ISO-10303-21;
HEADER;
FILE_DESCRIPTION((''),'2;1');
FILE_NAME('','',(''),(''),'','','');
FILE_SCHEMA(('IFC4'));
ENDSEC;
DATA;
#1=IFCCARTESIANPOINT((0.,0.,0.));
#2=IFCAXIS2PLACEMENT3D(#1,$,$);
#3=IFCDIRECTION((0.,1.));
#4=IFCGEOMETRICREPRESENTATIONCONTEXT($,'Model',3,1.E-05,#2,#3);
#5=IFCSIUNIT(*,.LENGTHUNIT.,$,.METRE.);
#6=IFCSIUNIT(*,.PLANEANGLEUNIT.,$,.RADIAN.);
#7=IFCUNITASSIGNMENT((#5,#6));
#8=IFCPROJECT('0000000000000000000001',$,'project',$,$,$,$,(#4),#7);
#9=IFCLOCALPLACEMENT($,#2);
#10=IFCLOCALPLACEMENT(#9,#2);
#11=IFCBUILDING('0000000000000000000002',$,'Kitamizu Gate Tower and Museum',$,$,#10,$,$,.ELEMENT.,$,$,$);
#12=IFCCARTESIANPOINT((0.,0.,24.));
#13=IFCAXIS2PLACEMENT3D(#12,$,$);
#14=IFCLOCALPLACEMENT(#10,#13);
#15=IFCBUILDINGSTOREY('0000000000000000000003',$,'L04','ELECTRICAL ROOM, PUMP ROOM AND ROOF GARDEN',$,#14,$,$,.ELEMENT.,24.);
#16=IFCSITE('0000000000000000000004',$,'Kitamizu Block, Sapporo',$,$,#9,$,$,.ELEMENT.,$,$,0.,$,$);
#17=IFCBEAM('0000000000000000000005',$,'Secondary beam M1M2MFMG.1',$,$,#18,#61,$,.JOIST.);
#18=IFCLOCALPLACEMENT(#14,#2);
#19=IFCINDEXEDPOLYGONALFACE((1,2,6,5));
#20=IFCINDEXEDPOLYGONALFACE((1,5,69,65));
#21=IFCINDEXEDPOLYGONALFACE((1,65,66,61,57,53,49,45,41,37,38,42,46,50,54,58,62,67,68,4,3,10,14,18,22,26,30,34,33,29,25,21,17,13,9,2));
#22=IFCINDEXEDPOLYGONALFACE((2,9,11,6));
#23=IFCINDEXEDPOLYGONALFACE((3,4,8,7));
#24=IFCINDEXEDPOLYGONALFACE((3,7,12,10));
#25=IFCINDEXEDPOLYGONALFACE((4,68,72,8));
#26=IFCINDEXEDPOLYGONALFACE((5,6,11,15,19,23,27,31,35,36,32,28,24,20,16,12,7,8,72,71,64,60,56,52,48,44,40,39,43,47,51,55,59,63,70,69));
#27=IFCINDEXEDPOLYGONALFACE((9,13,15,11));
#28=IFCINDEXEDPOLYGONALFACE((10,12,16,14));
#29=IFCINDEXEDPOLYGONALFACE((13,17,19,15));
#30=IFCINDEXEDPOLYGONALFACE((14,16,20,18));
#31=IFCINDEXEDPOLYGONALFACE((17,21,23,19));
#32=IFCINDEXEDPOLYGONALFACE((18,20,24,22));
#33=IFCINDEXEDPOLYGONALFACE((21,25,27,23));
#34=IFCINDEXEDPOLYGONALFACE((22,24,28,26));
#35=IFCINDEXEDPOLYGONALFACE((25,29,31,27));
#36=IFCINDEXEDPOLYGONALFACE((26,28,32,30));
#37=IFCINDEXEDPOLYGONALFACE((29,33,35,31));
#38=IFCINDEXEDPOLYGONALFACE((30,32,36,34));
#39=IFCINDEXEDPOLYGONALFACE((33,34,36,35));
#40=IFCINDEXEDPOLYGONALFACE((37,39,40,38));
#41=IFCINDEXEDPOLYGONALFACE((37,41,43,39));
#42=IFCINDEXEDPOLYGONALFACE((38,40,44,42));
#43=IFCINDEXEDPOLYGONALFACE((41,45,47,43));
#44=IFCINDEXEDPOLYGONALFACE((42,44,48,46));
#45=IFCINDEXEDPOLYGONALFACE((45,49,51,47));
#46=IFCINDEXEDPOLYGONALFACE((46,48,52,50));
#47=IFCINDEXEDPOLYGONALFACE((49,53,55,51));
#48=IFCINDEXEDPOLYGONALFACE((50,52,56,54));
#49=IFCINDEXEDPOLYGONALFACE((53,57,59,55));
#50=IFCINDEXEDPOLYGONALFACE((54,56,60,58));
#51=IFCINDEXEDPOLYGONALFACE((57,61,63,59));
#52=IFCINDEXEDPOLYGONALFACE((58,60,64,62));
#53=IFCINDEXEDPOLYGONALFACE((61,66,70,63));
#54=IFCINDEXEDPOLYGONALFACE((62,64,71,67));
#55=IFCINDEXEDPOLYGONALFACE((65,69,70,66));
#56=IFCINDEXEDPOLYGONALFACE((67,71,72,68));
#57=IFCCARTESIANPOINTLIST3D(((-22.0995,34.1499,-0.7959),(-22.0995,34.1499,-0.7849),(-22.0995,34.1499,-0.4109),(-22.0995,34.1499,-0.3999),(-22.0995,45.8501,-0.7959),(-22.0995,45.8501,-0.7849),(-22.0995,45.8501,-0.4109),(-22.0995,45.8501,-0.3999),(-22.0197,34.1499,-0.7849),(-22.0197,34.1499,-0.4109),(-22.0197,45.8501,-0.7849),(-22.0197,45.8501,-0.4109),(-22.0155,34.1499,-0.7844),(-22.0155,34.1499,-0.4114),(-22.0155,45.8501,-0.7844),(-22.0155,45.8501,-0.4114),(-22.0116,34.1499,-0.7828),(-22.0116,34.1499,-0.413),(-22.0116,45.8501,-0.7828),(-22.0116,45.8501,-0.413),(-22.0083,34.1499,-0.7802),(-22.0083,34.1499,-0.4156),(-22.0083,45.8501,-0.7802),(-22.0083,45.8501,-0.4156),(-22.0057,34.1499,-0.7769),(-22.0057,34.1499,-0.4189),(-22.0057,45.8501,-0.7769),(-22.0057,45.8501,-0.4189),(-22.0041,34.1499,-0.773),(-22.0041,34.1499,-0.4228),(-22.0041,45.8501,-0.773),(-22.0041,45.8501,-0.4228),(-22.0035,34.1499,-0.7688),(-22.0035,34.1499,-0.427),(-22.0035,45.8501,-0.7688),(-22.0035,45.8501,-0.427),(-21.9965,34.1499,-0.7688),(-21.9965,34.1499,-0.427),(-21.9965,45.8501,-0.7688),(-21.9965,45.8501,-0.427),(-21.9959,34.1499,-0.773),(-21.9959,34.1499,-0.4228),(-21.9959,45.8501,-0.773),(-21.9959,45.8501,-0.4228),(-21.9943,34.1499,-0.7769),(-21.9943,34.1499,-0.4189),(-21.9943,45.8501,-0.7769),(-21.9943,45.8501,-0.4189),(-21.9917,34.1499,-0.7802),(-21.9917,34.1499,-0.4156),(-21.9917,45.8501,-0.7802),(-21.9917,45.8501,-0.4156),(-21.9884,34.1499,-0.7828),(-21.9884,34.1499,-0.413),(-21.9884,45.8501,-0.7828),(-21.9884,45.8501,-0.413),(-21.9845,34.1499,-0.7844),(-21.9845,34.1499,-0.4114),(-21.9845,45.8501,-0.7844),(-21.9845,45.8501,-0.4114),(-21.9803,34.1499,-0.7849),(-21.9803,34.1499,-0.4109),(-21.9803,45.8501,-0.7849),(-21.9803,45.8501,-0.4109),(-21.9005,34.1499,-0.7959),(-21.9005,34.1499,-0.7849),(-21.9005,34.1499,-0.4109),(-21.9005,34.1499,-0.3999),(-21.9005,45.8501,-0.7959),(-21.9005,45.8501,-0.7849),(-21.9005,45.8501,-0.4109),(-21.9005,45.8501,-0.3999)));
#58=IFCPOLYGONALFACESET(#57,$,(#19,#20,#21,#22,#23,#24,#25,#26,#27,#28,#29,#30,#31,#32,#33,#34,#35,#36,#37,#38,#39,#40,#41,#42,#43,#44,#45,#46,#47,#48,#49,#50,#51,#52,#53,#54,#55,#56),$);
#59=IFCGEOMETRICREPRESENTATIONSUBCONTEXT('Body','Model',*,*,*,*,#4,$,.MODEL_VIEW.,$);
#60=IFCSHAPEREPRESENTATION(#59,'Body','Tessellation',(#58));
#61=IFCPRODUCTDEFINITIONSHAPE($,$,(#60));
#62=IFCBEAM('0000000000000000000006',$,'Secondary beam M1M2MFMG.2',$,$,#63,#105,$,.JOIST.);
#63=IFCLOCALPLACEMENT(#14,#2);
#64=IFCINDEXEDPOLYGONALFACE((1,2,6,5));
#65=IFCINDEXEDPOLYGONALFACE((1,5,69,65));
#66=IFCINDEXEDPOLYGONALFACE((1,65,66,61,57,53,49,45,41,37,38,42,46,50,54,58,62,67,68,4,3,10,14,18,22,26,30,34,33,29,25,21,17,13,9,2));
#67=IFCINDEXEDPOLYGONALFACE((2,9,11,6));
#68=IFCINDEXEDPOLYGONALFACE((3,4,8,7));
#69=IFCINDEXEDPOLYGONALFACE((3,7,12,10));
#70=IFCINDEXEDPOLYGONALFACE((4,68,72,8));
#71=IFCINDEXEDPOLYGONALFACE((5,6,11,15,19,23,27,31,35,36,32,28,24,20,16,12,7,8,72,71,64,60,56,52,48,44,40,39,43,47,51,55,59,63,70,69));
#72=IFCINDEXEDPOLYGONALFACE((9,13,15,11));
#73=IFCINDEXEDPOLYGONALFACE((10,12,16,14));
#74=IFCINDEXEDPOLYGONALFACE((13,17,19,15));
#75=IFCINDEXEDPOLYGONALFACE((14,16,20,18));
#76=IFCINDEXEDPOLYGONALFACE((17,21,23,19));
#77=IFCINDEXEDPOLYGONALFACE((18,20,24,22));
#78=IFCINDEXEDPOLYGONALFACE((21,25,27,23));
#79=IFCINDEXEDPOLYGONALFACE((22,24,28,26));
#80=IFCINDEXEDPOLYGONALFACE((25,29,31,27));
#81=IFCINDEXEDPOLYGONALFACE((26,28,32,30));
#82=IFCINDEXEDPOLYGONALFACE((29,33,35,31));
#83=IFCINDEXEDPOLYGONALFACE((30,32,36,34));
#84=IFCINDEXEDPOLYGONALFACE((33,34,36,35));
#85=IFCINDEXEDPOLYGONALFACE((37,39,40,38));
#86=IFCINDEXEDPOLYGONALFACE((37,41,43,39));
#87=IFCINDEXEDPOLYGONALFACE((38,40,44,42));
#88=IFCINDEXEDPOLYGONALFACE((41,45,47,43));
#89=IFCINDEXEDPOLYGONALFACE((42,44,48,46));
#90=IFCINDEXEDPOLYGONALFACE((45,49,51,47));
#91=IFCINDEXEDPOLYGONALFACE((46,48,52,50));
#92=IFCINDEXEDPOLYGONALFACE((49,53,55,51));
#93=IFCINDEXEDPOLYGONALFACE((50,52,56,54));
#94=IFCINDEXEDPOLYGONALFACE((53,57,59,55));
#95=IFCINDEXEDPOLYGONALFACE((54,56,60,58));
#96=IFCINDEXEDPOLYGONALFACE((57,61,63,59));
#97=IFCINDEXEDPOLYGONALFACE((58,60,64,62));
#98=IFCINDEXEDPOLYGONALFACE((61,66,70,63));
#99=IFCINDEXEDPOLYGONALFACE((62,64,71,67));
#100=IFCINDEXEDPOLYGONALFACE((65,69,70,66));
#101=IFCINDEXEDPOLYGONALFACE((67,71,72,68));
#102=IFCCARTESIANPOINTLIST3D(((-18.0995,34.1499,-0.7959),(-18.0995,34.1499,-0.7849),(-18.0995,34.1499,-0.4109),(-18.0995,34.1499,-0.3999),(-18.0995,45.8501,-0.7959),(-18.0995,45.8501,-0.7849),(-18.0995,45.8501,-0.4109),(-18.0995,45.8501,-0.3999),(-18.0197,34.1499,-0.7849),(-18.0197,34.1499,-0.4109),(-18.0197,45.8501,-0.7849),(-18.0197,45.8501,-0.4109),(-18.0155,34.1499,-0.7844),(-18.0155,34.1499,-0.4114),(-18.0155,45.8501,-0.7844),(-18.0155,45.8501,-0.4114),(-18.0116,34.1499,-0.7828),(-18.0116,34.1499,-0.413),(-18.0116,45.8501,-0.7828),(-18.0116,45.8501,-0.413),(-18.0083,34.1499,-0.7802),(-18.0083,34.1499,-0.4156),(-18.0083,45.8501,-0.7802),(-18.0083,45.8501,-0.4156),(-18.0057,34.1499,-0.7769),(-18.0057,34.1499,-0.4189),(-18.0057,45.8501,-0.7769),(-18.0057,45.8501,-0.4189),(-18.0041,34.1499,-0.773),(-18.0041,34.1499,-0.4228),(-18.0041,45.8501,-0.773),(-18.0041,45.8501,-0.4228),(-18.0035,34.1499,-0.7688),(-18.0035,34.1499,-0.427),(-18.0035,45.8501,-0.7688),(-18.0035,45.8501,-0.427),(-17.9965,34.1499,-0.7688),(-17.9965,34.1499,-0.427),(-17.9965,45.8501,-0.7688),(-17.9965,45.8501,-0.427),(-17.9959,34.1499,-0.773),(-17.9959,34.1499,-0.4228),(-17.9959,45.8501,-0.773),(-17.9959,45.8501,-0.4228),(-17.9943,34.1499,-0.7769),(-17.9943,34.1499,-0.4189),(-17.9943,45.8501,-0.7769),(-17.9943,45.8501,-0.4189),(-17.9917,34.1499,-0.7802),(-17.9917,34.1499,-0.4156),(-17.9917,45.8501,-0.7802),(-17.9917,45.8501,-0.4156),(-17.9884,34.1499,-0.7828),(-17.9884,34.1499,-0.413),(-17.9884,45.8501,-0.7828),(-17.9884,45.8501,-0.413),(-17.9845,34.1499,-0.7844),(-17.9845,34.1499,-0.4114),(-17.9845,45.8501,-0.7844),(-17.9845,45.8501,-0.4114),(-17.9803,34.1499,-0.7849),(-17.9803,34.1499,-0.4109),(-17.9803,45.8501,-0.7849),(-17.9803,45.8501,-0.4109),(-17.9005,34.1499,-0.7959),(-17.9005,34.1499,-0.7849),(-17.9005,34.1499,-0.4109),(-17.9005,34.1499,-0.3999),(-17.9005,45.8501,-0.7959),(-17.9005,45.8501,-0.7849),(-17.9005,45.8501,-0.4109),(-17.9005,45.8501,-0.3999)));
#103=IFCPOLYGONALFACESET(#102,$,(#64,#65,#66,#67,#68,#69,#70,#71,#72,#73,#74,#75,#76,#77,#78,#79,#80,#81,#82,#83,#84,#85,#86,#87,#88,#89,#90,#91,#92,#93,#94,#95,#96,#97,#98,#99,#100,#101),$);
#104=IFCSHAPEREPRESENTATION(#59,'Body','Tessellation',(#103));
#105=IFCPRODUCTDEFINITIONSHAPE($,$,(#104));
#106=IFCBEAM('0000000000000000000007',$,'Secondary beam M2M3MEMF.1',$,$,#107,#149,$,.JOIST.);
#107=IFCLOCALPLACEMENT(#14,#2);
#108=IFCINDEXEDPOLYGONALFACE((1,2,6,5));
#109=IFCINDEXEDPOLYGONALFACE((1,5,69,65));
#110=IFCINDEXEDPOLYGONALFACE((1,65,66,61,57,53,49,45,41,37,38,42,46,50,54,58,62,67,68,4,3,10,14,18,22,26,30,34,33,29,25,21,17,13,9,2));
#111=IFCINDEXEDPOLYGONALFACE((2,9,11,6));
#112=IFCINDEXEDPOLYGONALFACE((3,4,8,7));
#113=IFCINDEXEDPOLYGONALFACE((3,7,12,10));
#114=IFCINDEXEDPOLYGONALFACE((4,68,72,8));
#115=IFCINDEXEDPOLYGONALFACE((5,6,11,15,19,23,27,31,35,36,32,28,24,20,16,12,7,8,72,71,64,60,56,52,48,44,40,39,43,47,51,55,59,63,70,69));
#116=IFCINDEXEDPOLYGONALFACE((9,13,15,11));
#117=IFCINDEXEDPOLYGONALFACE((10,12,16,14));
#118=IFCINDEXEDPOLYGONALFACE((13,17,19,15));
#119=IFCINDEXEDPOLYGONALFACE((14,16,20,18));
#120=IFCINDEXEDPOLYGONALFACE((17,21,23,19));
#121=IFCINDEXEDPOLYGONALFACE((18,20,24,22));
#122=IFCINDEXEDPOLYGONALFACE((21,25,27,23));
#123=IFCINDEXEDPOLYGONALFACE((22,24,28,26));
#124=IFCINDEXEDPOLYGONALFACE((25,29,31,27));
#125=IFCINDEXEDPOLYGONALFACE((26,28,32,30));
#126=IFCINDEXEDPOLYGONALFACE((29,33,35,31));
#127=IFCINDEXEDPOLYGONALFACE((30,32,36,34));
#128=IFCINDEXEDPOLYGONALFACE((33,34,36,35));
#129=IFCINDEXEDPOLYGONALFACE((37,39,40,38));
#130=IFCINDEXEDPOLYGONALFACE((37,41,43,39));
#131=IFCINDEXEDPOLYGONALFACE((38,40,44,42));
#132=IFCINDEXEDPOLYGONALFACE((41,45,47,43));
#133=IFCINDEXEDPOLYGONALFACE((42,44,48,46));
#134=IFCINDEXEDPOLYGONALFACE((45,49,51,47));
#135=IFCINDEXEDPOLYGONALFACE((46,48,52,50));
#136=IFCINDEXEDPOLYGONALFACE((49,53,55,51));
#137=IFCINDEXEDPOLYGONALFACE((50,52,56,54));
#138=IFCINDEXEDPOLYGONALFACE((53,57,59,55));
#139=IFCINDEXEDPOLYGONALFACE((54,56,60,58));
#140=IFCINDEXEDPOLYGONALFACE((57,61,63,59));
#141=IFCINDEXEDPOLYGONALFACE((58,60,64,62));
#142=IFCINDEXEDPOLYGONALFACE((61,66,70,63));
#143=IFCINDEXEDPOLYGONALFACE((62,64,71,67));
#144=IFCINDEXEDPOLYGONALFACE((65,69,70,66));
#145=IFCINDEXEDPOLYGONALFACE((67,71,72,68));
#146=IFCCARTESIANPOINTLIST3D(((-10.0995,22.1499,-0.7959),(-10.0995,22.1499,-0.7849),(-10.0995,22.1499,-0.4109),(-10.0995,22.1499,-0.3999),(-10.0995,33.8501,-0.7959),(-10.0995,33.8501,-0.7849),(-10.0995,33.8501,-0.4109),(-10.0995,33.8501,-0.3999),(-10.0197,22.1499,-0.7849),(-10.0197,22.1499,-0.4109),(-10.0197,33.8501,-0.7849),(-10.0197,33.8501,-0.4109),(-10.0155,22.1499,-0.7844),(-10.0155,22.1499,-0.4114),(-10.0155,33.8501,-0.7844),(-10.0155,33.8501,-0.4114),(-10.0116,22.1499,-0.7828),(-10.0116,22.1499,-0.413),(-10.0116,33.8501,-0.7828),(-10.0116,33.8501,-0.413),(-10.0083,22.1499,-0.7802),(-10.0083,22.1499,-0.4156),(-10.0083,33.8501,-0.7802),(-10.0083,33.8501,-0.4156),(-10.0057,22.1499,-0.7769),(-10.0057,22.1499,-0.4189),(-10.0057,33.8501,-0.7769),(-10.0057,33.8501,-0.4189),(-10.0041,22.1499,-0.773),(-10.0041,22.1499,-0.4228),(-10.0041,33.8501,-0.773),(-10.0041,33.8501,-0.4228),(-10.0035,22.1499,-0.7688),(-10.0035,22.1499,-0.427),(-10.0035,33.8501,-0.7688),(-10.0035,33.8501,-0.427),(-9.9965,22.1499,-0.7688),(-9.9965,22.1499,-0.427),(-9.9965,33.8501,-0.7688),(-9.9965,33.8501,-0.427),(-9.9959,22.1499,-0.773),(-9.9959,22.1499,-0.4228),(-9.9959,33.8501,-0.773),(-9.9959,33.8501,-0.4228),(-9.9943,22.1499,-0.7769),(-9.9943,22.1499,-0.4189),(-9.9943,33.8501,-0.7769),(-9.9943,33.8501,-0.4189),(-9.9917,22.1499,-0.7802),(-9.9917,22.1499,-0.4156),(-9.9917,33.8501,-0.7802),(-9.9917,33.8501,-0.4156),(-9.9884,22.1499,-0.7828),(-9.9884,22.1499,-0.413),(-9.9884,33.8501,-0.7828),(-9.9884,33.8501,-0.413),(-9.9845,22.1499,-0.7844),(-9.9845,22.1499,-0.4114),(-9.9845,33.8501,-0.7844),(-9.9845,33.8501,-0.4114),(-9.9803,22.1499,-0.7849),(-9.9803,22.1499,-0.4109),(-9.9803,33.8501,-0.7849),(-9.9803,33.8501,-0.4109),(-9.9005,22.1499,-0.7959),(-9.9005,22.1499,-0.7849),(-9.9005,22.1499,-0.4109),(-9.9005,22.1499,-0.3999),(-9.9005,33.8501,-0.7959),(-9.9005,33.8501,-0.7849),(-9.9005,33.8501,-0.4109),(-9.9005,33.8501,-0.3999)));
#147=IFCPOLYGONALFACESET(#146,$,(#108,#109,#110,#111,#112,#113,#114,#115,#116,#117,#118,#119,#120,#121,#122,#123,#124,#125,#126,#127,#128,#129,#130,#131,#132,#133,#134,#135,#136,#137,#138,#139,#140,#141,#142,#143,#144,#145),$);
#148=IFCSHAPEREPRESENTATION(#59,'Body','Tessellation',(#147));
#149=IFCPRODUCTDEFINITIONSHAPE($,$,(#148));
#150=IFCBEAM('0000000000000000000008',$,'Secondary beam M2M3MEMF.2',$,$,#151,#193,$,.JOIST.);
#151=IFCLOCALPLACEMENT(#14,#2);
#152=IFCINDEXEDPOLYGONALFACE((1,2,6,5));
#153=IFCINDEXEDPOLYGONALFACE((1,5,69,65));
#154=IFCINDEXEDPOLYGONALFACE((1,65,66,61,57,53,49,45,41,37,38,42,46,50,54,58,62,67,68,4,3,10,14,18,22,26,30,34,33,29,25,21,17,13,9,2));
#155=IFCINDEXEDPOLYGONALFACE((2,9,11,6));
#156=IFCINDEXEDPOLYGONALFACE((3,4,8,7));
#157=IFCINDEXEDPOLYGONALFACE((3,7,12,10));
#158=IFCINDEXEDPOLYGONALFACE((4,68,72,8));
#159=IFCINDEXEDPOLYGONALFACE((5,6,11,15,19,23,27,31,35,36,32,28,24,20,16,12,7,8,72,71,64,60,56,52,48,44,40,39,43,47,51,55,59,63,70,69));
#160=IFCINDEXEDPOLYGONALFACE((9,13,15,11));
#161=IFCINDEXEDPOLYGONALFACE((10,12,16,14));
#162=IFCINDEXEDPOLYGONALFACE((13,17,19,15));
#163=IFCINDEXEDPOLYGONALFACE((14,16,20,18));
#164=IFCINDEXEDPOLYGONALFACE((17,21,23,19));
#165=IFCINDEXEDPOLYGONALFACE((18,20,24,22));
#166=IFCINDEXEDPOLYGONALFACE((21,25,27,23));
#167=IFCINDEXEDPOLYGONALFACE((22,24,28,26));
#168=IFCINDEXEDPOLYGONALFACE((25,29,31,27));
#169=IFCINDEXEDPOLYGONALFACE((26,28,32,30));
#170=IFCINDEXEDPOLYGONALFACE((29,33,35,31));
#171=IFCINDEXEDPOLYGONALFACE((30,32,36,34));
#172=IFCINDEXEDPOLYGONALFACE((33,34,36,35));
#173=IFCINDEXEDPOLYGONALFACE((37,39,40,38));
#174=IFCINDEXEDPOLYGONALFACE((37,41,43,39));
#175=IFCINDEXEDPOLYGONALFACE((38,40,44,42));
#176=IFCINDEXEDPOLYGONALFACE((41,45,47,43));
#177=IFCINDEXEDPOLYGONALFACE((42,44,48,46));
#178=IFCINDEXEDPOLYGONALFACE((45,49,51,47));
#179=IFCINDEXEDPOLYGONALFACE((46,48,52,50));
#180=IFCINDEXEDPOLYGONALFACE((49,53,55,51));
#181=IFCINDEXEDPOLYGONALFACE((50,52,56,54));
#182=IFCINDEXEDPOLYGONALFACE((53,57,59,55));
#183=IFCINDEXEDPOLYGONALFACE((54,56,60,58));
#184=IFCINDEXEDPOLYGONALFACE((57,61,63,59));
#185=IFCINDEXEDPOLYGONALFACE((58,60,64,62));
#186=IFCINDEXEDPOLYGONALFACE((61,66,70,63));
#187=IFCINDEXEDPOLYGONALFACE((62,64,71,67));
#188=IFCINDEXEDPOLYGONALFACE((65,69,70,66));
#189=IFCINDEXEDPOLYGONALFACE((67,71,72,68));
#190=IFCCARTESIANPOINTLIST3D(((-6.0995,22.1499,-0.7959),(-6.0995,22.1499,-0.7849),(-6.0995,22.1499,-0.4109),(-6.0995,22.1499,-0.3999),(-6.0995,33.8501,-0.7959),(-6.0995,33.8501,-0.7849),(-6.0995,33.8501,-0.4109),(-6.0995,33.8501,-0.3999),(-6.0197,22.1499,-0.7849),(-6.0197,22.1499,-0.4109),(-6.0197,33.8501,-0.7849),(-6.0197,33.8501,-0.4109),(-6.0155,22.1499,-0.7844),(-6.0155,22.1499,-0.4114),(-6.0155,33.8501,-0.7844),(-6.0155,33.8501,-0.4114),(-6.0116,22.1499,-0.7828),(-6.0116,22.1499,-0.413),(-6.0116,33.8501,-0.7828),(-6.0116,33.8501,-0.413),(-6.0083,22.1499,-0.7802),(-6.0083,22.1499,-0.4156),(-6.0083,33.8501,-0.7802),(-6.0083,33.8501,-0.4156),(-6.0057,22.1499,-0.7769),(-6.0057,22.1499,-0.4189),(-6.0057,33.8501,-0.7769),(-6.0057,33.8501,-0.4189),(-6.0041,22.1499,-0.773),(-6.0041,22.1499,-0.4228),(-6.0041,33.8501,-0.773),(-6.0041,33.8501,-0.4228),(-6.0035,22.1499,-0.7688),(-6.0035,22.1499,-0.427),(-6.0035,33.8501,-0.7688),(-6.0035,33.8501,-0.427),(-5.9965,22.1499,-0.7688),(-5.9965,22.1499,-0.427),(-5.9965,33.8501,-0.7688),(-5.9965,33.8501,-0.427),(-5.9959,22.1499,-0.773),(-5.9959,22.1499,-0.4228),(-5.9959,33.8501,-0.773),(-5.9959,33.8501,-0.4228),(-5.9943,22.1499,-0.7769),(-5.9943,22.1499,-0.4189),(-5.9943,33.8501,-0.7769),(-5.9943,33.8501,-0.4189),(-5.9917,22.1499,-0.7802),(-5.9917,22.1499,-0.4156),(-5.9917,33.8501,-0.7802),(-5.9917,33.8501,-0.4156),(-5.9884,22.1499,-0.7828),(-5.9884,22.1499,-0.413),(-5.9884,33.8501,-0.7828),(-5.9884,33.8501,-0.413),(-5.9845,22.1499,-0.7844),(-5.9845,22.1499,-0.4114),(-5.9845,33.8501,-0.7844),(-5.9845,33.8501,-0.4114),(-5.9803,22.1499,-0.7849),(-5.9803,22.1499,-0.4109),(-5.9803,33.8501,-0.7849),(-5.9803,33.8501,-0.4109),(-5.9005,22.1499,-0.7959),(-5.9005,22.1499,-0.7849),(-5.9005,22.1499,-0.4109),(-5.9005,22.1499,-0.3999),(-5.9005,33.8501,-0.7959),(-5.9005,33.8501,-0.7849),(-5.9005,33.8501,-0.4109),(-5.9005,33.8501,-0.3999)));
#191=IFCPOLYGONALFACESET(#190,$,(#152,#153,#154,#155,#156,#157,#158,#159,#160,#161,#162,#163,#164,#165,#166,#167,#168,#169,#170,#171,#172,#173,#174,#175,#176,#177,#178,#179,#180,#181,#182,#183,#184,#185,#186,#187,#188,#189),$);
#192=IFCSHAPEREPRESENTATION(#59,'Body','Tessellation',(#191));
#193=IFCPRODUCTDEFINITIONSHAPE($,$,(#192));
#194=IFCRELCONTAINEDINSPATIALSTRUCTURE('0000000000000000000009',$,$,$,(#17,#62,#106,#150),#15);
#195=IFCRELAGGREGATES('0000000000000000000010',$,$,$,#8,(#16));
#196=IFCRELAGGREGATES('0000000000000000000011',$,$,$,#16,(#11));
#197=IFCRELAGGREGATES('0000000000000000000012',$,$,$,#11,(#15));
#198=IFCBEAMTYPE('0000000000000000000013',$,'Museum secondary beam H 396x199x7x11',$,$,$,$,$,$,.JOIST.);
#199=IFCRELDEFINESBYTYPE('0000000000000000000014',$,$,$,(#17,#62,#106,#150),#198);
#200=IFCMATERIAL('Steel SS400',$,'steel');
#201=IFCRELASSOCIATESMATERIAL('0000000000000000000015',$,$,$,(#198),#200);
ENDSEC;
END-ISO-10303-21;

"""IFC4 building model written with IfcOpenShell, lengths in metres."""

from ifc_helpers import new_model, si_unit, direction, frame, origin, origin_2d, place, context, subcontext, project, spatial, i_section, extrude, material, material_profile, profile_set, type_object, element, save


model = new_model("IFC4")

# Units and contexts
model_context = context("Model", 3, precision=1e-05, world=origin(), true_north=direction((0.0, 1.0)))
body_context = subcontext(model_context, "Body", "Model", "MODEL_VIEW")
ifc_project = project(units=[si_unit("LENGTHUNIT", "METRE"), si_unit("PLANEANGLEUNIT", "RADIAN")], contexts=[model_context])

# Site, building, storey
site_placement = place(None, origin())
site = spatial("IfcSite", under=ifc_project, at=site_placement, Name="Kitamizu Block, Sapporo", CompositionType="ELEMENT", RefElevation=0.0)
building_placement = place(site_placement, origin())
building = spatial("IfcBuilding", under=site, at=building_placement, Name="Kitamizu Gate Tower and Museum", CompositionType="ELEMENT")
storey_placement = place(building_placement, frame((0.0, 0.0, 24.0)))
storey = spatial("IfcBuildingStorey", under=building, at=storey_placement, Name="L04", Description="ELECTRICAL ROOM, PUMP ROOM AND ROOF GARDEN", CompositionType="ELEMENT", Elevation=24.0)

# Beams
ifc_material_1 = material(Name="Steel SS400", Category="steel")
ifc_material_profile_1 = material_profile(ifc_material_1, i_section(OverallWidth=0.199, OverallDepth=0.396, WebThickness=0.0071, FlangeThickness=0.011, FilletRadius=0.0161, at=origin_2d()), Name="H-396x199x7x11")
ifc_profile_set_1 = profile_set([ifc_material_profile_1], Name="Steel SS400")
beam_type_1 = type_object("IfcBeamType", Name="Museum secondary beam H 396x199x7x11", PredefinedType="JOIST", material=ifc_profile_set_1)
for number, where, z_axis, x_axis, name in (
    (1, (-22.0, 34.1499, -0.5979), (0.0, 1.0, 0.0), (-1.0, 0.0, 0.0), "Secondary beam M1M2MFMG.1"),
    (2, (-18.0, 34.1499, -0.5979), (0.0, 1.0, 0.0), (-1.0, 0.0, 0.0), "Secondary beam M1M2MFMG.2"),
    (3, (-10.0, 22.1499, -0.5979), (0.0, 1.0, 0.0), (-1.0, 0.0, 0.0), "Secondary beam M2M3MEMF.1"),
    (4, (-6.0, 22.1499, -0.5979), (0.0, 1.0, 0.0), (-1.0, 0.0, 0.0), "Secondary beam M2M3MEMF.2"),
):
    element("IfcBeam", number, at=place(storey_placement, frame(where, z_axis=z_axis, x_axis=x_axis)), inside=storey, type_object=beam_type_1, Name=name, PredefinedType="JOIST", context=body_context, shape_type="SweptSolid", body=[
        extrude(i_section(OverallWidth=0.199, OverallDepth=0.396, WebThickness=0.0071, FlangeThickness=0.011, FilletRadius=0.0161, at=origin_2d()), origin(), (0.0, 0.0, 1.0), 11.7002),
    ])

save(model, "model.ifc")
